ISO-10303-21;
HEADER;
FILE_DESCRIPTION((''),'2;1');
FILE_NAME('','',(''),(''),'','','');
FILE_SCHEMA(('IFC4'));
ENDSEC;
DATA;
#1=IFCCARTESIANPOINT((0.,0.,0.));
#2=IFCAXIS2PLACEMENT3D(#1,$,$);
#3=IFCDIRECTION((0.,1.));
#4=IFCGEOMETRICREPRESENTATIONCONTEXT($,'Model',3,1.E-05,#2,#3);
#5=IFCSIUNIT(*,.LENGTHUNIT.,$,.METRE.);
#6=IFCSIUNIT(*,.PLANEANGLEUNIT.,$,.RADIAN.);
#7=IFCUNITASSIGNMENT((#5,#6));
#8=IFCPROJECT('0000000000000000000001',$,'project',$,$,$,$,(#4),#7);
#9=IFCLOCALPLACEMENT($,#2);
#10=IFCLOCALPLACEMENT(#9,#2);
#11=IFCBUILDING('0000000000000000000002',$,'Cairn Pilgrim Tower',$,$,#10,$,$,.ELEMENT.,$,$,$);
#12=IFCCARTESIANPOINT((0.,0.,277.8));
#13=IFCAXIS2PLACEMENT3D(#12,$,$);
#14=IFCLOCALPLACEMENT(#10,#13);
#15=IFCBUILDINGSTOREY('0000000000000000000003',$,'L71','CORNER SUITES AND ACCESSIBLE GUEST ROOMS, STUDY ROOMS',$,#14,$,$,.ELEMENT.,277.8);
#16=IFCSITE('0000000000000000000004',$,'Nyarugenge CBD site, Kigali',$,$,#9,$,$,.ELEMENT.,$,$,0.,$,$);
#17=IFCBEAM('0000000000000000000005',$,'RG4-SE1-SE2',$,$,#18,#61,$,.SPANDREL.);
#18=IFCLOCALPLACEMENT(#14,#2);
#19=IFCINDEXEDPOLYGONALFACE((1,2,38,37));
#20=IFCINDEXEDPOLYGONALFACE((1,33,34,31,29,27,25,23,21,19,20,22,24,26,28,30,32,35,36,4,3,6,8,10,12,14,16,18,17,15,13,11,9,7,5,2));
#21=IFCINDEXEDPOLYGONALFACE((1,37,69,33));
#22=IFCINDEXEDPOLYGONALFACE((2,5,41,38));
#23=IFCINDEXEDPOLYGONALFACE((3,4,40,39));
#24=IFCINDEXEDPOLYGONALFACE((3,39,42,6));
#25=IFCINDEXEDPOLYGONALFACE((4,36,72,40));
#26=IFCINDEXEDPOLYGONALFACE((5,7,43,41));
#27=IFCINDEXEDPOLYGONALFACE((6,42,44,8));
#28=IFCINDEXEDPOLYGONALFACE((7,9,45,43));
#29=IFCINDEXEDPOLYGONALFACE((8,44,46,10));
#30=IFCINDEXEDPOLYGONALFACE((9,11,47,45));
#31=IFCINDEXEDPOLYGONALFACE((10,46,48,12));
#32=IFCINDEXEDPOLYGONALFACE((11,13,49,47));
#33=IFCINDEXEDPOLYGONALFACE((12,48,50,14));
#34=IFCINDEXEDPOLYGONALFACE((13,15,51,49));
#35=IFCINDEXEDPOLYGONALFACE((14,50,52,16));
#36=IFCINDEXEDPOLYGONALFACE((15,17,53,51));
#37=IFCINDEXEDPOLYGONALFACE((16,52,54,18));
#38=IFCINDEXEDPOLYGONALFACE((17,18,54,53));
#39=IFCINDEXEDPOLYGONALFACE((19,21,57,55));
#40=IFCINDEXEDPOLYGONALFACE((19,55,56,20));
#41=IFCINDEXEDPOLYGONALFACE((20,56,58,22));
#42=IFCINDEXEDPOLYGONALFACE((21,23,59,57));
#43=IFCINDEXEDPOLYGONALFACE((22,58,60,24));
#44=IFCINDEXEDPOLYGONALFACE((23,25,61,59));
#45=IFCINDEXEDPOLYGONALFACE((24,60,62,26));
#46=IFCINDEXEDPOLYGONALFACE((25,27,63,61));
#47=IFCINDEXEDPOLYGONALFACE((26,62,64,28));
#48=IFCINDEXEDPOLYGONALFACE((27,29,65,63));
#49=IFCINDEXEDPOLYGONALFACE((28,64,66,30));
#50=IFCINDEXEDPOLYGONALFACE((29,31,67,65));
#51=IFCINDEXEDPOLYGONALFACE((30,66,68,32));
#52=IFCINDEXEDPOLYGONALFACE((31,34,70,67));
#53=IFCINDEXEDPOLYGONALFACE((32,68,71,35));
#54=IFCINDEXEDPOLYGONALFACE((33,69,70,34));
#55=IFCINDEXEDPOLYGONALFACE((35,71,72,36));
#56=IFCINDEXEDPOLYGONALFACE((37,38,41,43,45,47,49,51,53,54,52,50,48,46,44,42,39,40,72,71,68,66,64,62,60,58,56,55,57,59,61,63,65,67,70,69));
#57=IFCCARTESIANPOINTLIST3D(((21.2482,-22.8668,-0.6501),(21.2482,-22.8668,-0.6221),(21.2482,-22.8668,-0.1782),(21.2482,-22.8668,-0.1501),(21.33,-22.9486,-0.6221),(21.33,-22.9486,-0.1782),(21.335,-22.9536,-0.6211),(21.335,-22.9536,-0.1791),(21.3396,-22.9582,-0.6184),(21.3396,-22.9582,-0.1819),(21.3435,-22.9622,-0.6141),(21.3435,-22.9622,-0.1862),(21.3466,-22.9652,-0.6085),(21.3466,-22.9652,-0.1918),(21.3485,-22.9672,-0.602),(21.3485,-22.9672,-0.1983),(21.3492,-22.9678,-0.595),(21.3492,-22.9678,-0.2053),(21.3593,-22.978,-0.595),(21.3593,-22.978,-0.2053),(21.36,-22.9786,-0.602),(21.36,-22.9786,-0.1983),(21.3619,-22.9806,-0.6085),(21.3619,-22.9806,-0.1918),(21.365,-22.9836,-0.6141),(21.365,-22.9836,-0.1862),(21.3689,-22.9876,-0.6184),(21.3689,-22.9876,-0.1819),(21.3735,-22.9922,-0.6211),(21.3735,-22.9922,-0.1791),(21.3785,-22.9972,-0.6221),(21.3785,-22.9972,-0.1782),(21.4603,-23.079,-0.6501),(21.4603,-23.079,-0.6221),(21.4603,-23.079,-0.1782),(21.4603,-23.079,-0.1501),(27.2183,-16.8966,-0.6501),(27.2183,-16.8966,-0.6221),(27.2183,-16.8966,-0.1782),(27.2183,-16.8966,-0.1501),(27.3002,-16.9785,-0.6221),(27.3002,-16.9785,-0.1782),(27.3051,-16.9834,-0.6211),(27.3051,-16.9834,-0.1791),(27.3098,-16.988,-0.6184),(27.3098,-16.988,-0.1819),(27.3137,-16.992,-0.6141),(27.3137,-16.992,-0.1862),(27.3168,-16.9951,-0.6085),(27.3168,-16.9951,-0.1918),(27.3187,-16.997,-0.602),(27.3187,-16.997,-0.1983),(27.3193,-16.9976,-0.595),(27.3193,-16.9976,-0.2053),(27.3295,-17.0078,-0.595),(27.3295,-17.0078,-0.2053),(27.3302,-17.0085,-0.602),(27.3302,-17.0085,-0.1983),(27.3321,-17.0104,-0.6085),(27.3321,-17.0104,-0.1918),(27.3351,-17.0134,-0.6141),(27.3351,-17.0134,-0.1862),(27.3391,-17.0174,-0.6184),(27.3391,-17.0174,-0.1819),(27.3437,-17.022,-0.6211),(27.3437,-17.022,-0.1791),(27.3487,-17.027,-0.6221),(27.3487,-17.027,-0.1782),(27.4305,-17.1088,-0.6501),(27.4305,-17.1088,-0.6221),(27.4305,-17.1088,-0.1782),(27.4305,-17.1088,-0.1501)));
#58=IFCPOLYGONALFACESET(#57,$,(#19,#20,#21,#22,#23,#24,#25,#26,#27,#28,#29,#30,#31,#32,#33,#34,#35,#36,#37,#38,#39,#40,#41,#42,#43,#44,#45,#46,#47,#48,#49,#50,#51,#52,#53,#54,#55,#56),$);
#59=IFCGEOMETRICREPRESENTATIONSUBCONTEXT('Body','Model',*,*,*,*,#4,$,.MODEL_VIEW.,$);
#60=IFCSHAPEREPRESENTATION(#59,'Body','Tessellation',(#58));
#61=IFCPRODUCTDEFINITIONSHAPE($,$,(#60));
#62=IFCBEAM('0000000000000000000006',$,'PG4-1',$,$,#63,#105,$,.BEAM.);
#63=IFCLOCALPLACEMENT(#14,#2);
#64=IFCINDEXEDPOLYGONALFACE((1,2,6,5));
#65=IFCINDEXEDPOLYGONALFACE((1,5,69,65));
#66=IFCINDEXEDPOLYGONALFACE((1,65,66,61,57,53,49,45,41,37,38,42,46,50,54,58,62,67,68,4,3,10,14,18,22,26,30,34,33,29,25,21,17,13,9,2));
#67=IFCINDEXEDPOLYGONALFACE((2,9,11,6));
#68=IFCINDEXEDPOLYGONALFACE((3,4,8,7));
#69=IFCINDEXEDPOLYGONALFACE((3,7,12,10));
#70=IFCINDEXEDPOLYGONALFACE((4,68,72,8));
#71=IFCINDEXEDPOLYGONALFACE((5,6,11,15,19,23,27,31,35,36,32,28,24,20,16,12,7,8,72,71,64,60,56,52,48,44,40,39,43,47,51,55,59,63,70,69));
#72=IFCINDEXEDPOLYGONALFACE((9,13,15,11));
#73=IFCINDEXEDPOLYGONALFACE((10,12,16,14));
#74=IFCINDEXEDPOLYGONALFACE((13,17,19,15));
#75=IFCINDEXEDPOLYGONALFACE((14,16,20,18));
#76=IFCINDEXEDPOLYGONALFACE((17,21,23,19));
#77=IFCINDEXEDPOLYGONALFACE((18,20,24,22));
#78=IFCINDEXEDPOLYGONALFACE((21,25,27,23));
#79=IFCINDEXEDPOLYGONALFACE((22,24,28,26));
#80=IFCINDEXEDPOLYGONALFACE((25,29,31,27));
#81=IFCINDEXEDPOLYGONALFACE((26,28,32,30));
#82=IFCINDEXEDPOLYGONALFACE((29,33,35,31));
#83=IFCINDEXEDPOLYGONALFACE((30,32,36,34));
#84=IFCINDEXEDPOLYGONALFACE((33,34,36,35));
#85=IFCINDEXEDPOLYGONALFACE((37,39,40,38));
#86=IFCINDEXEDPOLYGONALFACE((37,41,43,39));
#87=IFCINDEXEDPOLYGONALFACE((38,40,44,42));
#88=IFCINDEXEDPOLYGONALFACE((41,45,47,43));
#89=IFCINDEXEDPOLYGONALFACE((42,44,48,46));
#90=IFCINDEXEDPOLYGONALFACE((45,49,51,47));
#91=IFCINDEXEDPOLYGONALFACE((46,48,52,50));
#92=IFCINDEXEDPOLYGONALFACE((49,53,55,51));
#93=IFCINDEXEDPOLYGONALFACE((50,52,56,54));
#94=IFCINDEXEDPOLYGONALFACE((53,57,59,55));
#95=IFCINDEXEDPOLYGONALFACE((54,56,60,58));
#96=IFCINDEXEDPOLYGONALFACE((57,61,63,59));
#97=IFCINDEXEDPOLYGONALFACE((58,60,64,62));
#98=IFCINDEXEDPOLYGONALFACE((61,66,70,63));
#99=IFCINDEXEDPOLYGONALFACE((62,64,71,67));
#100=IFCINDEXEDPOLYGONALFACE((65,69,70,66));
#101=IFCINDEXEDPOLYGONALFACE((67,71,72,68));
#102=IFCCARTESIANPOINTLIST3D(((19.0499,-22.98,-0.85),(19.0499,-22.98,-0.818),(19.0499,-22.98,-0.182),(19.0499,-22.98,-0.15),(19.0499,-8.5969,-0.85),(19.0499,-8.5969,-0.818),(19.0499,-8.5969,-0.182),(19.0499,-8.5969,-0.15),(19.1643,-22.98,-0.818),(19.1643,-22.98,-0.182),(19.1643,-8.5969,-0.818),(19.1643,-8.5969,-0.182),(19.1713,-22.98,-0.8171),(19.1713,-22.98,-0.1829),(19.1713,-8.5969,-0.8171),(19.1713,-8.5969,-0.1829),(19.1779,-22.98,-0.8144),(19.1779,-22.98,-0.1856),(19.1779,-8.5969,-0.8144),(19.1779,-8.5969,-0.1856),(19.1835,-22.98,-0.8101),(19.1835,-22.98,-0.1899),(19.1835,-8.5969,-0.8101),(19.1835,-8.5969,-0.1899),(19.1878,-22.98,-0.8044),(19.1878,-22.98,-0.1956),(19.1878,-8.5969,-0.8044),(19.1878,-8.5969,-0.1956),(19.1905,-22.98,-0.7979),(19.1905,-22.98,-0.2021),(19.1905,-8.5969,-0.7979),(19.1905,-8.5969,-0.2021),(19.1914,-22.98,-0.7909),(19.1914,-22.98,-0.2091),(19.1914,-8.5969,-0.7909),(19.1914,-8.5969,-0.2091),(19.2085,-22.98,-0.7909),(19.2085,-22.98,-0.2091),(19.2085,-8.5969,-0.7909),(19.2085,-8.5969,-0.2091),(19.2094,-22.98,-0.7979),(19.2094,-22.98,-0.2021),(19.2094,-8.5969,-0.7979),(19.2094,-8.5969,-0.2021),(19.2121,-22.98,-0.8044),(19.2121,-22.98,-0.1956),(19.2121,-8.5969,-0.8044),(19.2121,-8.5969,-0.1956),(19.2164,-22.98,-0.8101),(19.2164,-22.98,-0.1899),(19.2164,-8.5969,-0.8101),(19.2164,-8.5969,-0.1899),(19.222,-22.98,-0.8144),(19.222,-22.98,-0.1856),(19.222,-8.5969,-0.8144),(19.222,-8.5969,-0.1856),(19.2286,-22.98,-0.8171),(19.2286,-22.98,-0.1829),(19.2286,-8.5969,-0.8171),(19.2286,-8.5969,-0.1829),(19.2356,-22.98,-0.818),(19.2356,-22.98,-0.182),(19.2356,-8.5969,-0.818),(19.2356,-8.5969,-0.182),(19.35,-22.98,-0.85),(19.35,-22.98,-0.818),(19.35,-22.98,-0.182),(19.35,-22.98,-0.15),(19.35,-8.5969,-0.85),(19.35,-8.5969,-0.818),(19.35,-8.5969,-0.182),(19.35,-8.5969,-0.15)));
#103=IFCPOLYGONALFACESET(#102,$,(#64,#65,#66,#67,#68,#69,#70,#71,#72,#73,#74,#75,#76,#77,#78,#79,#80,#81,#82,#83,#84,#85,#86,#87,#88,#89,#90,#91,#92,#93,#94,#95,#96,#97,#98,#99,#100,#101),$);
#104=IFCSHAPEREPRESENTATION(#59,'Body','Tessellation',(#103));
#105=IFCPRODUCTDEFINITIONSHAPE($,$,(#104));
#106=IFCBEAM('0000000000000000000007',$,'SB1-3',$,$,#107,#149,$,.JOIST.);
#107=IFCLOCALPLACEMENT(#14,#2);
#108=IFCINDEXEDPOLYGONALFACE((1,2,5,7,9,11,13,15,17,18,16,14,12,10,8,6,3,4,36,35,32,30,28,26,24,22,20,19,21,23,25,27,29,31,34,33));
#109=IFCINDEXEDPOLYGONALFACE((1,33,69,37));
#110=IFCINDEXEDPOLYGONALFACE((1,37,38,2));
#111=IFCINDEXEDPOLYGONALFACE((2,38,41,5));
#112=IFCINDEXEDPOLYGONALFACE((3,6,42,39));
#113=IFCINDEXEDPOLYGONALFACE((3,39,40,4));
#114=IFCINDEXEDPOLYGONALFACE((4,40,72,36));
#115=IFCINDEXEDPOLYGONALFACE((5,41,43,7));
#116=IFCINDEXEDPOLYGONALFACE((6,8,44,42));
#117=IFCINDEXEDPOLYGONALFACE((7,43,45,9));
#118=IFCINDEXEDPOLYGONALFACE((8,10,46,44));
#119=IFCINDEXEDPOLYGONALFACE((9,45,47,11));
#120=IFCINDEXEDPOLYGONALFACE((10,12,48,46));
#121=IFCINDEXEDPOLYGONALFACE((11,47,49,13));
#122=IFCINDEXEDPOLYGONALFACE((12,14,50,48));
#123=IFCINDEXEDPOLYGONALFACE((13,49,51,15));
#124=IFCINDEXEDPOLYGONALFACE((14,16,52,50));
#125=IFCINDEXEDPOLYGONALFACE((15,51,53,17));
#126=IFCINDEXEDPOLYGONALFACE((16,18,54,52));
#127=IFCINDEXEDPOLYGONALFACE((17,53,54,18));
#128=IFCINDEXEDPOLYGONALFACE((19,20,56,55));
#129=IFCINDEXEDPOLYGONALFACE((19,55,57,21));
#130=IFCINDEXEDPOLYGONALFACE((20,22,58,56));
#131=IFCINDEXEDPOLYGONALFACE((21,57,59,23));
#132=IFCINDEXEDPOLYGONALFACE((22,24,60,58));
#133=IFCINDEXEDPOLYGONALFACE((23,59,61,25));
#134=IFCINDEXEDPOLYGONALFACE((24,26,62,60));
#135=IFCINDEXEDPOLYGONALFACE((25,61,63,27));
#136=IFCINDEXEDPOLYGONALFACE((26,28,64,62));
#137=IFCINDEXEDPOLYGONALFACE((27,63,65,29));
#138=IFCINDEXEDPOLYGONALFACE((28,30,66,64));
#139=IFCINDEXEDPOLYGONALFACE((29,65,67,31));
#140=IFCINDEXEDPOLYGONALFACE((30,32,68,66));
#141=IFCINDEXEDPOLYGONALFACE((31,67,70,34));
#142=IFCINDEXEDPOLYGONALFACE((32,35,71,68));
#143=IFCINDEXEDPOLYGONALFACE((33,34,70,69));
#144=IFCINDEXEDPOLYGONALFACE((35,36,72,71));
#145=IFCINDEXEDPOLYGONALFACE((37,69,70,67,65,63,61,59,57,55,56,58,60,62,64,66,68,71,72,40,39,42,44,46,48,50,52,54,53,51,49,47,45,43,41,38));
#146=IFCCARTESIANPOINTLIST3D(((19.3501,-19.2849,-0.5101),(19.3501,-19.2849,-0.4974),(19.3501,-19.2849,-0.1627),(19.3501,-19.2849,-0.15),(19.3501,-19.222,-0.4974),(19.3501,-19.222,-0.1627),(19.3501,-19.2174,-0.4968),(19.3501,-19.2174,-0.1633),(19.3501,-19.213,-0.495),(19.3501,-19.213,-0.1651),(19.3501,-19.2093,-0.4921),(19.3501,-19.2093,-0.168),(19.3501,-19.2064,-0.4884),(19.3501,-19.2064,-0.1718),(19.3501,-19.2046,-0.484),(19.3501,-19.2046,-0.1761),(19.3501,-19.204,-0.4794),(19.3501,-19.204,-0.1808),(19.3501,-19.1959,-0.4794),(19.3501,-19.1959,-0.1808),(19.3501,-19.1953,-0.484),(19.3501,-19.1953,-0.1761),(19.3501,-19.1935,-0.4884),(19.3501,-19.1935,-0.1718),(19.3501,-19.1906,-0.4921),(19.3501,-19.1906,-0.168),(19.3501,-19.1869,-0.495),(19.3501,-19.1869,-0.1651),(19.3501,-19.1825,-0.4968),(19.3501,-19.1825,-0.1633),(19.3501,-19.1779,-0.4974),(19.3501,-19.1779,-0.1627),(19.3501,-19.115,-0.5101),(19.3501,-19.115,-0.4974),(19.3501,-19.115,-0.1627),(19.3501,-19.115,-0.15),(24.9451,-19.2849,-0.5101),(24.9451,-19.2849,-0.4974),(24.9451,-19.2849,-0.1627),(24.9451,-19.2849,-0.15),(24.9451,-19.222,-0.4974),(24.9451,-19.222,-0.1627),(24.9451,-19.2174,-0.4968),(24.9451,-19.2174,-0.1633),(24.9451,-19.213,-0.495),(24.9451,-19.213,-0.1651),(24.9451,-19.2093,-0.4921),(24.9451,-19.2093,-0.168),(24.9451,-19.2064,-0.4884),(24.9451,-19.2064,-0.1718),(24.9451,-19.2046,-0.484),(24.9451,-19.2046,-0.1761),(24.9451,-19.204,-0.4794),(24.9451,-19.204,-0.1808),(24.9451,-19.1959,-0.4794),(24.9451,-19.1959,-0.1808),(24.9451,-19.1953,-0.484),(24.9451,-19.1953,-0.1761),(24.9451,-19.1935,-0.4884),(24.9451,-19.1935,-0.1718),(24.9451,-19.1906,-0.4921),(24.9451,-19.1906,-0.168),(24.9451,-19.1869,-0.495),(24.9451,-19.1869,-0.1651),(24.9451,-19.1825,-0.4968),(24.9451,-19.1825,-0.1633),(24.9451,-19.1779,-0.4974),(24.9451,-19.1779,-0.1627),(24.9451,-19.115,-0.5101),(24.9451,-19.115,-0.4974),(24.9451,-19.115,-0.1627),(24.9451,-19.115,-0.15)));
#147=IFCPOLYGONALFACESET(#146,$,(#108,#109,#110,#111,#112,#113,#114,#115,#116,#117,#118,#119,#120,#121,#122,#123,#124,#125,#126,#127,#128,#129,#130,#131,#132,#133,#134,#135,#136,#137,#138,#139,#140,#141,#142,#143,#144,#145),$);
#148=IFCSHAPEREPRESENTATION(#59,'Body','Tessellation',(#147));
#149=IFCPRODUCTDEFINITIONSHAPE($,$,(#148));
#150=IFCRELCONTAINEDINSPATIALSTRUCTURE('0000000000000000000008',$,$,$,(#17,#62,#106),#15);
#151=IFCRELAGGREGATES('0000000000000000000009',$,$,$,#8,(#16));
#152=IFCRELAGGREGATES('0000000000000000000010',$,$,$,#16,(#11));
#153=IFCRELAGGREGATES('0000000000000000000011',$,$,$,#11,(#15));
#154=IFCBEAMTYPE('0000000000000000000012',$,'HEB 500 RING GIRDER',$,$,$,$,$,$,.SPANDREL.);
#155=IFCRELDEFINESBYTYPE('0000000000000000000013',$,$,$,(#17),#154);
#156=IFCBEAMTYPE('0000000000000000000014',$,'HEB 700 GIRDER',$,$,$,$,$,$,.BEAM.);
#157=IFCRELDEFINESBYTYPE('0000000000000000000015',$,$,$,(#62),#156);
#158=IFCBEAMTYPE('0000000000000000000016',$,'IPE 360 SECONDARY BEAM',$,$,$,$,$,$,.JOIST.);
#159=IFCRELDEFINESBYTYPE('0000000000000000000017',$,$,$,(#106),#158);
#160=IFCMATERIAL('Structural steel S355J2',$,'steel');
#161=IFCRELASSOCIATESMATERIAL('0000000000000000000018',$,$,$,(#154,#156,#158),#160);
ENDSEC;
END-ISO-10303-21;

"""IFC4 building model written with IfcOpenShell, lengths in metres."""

from ifc_helpers import new_model, si_unit, direction, frame, origin, origin_2d, place, context, subcontext, project, spatial, i_section, extrude, material, material_profile, profile_set, type_object, element, save


model = new_model("IFC4")

# Units and contexts
model_context = context("Model", 3, precision=1e-05, world=origin(), true_north=direction((0.0, 1.0)))
body_context = subcontext(model_context, "Body", "Model", "MODEL_VIEW")
ifc_project = project(units=[si_unit("LENGTHUNIT", "METRE"), si_unit("PLANEANGLEUNIT", "RADIAN")], contexts=[model_context])

# Site, building, storey
site_placement = place(None, origin())
site = spatial("IfcSite", under=ifc_project, at=site_placement, Name="Nyarugenge CBD site, Kigali", CompositionType="ELEMENT", RefElevation=0.0)
building_placement = place(site_placement, origin())
building = spatial("IfcBuilding", under=site, at=building_placement, Name="Cairn Pilgrim Tower", CompositionType="ELEMENT")
storey_placement = place(building_placement, frame((0.0, 0.0, 277.8)))
storey = spatial("IfcBuildingStorey", under=building, at=storey_placement, Name="L71", Description="CORNER SUITES AND ACCESSIBLE GUEST ROOMS, STUDY ROOMS", CompositionType="ELEMENT", Elevation=277.8)

# Shared definitions
ifc_material_1 = material(Name="Structural steel S355J2", Category="steel")

# Beams
ifc_material_profile_1 = material_profile(ifc_material_1, i_section(OverallWidth=0.3, OverallDepth=0.5, WebThickness=0.0144, FlangeThickness=0.0281, FilletRadius=0.0271, at=origin_2d()), Name="HEB 500")
ifc_profile_set_1 = profile_set([ifc_material_profile_1], Name="Structural steel S355J2")
beam_type_1 = type_object("IfcBeamType", Name="HEB 500 RING GIRDER", PredefinedType="SPANDREL", material=ifc_profile_set_1)
beam_1_placement = place(storey_placement, frame((21.3542, -22.9729, -0.4001), z_axis=(0.707107, 0.707107, 0.0), x_axis=(-0.707107, 0.707107, 0.0)))
element("IfcBeam", 1, at=beam_1_placement, inside=storey, type_object=beam_type_1, Name="RG4-SE1-SE2", PredefinedType="SPANDREL", context=body_context, shape_type="SweptSolid", body=[
    extrude(i_section(OverallWidth=0.3, OverallDepth=0.5, WebThickness=0.0144, FlangeThickness=0.0281, FilletRadius=0.0271, at=origin_2d()), origin(), (0.0, 0.0, 1.0), 8.4431),
])
ifc_material_profile_2 = material_profile(ifc_material_1, i_section(OverallWidth=0.3, OverallDepth=0.7, WebThickness=0.0171, FlangeThickness=0.032, FilletRadius=0.0271, at=origin_2d()), Name="HEB 700")
ifc_profile_set_2 = profile_set([ifc_material_profile_2], Name="Structural steel S355J2")
beam_type_2 = type_object("IfcBeamType", Name="HEB 700 GIRDER", PredefinedType="BEAM", material=ifc_profile_set_2)
beam_2_placement = place(storey_placement, frame((19.2, -22.98, -0.5), z_axis=(0.0, 1.0, 0.0), x_axis=(-1.0, 0.0, 0.0)))
element("IfcBeam", 2, at=beam_2_placement, inside=storey, type_object=beam_type_2, Name="PG4-1", PredefinedType="BEAM", context=body_context, shape_type="SweptSolid", body=[
    extrude(i_section(OverallWidth=0.3, OverallDepth=0.7, WebThickness=0.0171, FlangeThickness=0.032, FilletRadius=0.0271, at=origin_2d()), origin(), (0.0, 0.0, 1.0), 14.3831),
])
ifc_material_profile_3 = material_profile(ifc_material_1, i_section(OverallWidth=0.1699, OverallDepth=0.3601, WebThickness=0.0081, FlangeThickness=0.0127, FilletRadius=0.0181, at=origin_2d()), Name="IPE 360")
ifc_profile_set_3 = profile_set([ifc_material_profile_3], Name="Structural steel S355J2")
beam_type_3 = type_object("IfcBeamType", Name="IPE 360 SECONDARY BEAM", PredefinedType="JOIST", material=ifc_profile_set_3)
beam_3_placement = place(storey_placement, frame((19.3501, -19.2, -0.3301), z_axis=(1.0, 0.0, 0.0), x_axis=(0.0, 1.0, 0.0)))
element("IfcBeam", 3, at=beam_3_placement, inside=storey, type_object=beam_type_3, Name="SB1-3", PredefinedType="JOIST", context=body_context, shape_type="SweptSolid", body=[
    extrude(i_section(OverallWidth=0.1699, OverallDepth=0.3601, WebThickness=0.0081, FlangeThickness=0.0127, FilletRadius=0.0181, at=origin_2d()), origin(), (0.0, 0.0, 1.0), 5.595),
])

save(model, "model.ifc")
